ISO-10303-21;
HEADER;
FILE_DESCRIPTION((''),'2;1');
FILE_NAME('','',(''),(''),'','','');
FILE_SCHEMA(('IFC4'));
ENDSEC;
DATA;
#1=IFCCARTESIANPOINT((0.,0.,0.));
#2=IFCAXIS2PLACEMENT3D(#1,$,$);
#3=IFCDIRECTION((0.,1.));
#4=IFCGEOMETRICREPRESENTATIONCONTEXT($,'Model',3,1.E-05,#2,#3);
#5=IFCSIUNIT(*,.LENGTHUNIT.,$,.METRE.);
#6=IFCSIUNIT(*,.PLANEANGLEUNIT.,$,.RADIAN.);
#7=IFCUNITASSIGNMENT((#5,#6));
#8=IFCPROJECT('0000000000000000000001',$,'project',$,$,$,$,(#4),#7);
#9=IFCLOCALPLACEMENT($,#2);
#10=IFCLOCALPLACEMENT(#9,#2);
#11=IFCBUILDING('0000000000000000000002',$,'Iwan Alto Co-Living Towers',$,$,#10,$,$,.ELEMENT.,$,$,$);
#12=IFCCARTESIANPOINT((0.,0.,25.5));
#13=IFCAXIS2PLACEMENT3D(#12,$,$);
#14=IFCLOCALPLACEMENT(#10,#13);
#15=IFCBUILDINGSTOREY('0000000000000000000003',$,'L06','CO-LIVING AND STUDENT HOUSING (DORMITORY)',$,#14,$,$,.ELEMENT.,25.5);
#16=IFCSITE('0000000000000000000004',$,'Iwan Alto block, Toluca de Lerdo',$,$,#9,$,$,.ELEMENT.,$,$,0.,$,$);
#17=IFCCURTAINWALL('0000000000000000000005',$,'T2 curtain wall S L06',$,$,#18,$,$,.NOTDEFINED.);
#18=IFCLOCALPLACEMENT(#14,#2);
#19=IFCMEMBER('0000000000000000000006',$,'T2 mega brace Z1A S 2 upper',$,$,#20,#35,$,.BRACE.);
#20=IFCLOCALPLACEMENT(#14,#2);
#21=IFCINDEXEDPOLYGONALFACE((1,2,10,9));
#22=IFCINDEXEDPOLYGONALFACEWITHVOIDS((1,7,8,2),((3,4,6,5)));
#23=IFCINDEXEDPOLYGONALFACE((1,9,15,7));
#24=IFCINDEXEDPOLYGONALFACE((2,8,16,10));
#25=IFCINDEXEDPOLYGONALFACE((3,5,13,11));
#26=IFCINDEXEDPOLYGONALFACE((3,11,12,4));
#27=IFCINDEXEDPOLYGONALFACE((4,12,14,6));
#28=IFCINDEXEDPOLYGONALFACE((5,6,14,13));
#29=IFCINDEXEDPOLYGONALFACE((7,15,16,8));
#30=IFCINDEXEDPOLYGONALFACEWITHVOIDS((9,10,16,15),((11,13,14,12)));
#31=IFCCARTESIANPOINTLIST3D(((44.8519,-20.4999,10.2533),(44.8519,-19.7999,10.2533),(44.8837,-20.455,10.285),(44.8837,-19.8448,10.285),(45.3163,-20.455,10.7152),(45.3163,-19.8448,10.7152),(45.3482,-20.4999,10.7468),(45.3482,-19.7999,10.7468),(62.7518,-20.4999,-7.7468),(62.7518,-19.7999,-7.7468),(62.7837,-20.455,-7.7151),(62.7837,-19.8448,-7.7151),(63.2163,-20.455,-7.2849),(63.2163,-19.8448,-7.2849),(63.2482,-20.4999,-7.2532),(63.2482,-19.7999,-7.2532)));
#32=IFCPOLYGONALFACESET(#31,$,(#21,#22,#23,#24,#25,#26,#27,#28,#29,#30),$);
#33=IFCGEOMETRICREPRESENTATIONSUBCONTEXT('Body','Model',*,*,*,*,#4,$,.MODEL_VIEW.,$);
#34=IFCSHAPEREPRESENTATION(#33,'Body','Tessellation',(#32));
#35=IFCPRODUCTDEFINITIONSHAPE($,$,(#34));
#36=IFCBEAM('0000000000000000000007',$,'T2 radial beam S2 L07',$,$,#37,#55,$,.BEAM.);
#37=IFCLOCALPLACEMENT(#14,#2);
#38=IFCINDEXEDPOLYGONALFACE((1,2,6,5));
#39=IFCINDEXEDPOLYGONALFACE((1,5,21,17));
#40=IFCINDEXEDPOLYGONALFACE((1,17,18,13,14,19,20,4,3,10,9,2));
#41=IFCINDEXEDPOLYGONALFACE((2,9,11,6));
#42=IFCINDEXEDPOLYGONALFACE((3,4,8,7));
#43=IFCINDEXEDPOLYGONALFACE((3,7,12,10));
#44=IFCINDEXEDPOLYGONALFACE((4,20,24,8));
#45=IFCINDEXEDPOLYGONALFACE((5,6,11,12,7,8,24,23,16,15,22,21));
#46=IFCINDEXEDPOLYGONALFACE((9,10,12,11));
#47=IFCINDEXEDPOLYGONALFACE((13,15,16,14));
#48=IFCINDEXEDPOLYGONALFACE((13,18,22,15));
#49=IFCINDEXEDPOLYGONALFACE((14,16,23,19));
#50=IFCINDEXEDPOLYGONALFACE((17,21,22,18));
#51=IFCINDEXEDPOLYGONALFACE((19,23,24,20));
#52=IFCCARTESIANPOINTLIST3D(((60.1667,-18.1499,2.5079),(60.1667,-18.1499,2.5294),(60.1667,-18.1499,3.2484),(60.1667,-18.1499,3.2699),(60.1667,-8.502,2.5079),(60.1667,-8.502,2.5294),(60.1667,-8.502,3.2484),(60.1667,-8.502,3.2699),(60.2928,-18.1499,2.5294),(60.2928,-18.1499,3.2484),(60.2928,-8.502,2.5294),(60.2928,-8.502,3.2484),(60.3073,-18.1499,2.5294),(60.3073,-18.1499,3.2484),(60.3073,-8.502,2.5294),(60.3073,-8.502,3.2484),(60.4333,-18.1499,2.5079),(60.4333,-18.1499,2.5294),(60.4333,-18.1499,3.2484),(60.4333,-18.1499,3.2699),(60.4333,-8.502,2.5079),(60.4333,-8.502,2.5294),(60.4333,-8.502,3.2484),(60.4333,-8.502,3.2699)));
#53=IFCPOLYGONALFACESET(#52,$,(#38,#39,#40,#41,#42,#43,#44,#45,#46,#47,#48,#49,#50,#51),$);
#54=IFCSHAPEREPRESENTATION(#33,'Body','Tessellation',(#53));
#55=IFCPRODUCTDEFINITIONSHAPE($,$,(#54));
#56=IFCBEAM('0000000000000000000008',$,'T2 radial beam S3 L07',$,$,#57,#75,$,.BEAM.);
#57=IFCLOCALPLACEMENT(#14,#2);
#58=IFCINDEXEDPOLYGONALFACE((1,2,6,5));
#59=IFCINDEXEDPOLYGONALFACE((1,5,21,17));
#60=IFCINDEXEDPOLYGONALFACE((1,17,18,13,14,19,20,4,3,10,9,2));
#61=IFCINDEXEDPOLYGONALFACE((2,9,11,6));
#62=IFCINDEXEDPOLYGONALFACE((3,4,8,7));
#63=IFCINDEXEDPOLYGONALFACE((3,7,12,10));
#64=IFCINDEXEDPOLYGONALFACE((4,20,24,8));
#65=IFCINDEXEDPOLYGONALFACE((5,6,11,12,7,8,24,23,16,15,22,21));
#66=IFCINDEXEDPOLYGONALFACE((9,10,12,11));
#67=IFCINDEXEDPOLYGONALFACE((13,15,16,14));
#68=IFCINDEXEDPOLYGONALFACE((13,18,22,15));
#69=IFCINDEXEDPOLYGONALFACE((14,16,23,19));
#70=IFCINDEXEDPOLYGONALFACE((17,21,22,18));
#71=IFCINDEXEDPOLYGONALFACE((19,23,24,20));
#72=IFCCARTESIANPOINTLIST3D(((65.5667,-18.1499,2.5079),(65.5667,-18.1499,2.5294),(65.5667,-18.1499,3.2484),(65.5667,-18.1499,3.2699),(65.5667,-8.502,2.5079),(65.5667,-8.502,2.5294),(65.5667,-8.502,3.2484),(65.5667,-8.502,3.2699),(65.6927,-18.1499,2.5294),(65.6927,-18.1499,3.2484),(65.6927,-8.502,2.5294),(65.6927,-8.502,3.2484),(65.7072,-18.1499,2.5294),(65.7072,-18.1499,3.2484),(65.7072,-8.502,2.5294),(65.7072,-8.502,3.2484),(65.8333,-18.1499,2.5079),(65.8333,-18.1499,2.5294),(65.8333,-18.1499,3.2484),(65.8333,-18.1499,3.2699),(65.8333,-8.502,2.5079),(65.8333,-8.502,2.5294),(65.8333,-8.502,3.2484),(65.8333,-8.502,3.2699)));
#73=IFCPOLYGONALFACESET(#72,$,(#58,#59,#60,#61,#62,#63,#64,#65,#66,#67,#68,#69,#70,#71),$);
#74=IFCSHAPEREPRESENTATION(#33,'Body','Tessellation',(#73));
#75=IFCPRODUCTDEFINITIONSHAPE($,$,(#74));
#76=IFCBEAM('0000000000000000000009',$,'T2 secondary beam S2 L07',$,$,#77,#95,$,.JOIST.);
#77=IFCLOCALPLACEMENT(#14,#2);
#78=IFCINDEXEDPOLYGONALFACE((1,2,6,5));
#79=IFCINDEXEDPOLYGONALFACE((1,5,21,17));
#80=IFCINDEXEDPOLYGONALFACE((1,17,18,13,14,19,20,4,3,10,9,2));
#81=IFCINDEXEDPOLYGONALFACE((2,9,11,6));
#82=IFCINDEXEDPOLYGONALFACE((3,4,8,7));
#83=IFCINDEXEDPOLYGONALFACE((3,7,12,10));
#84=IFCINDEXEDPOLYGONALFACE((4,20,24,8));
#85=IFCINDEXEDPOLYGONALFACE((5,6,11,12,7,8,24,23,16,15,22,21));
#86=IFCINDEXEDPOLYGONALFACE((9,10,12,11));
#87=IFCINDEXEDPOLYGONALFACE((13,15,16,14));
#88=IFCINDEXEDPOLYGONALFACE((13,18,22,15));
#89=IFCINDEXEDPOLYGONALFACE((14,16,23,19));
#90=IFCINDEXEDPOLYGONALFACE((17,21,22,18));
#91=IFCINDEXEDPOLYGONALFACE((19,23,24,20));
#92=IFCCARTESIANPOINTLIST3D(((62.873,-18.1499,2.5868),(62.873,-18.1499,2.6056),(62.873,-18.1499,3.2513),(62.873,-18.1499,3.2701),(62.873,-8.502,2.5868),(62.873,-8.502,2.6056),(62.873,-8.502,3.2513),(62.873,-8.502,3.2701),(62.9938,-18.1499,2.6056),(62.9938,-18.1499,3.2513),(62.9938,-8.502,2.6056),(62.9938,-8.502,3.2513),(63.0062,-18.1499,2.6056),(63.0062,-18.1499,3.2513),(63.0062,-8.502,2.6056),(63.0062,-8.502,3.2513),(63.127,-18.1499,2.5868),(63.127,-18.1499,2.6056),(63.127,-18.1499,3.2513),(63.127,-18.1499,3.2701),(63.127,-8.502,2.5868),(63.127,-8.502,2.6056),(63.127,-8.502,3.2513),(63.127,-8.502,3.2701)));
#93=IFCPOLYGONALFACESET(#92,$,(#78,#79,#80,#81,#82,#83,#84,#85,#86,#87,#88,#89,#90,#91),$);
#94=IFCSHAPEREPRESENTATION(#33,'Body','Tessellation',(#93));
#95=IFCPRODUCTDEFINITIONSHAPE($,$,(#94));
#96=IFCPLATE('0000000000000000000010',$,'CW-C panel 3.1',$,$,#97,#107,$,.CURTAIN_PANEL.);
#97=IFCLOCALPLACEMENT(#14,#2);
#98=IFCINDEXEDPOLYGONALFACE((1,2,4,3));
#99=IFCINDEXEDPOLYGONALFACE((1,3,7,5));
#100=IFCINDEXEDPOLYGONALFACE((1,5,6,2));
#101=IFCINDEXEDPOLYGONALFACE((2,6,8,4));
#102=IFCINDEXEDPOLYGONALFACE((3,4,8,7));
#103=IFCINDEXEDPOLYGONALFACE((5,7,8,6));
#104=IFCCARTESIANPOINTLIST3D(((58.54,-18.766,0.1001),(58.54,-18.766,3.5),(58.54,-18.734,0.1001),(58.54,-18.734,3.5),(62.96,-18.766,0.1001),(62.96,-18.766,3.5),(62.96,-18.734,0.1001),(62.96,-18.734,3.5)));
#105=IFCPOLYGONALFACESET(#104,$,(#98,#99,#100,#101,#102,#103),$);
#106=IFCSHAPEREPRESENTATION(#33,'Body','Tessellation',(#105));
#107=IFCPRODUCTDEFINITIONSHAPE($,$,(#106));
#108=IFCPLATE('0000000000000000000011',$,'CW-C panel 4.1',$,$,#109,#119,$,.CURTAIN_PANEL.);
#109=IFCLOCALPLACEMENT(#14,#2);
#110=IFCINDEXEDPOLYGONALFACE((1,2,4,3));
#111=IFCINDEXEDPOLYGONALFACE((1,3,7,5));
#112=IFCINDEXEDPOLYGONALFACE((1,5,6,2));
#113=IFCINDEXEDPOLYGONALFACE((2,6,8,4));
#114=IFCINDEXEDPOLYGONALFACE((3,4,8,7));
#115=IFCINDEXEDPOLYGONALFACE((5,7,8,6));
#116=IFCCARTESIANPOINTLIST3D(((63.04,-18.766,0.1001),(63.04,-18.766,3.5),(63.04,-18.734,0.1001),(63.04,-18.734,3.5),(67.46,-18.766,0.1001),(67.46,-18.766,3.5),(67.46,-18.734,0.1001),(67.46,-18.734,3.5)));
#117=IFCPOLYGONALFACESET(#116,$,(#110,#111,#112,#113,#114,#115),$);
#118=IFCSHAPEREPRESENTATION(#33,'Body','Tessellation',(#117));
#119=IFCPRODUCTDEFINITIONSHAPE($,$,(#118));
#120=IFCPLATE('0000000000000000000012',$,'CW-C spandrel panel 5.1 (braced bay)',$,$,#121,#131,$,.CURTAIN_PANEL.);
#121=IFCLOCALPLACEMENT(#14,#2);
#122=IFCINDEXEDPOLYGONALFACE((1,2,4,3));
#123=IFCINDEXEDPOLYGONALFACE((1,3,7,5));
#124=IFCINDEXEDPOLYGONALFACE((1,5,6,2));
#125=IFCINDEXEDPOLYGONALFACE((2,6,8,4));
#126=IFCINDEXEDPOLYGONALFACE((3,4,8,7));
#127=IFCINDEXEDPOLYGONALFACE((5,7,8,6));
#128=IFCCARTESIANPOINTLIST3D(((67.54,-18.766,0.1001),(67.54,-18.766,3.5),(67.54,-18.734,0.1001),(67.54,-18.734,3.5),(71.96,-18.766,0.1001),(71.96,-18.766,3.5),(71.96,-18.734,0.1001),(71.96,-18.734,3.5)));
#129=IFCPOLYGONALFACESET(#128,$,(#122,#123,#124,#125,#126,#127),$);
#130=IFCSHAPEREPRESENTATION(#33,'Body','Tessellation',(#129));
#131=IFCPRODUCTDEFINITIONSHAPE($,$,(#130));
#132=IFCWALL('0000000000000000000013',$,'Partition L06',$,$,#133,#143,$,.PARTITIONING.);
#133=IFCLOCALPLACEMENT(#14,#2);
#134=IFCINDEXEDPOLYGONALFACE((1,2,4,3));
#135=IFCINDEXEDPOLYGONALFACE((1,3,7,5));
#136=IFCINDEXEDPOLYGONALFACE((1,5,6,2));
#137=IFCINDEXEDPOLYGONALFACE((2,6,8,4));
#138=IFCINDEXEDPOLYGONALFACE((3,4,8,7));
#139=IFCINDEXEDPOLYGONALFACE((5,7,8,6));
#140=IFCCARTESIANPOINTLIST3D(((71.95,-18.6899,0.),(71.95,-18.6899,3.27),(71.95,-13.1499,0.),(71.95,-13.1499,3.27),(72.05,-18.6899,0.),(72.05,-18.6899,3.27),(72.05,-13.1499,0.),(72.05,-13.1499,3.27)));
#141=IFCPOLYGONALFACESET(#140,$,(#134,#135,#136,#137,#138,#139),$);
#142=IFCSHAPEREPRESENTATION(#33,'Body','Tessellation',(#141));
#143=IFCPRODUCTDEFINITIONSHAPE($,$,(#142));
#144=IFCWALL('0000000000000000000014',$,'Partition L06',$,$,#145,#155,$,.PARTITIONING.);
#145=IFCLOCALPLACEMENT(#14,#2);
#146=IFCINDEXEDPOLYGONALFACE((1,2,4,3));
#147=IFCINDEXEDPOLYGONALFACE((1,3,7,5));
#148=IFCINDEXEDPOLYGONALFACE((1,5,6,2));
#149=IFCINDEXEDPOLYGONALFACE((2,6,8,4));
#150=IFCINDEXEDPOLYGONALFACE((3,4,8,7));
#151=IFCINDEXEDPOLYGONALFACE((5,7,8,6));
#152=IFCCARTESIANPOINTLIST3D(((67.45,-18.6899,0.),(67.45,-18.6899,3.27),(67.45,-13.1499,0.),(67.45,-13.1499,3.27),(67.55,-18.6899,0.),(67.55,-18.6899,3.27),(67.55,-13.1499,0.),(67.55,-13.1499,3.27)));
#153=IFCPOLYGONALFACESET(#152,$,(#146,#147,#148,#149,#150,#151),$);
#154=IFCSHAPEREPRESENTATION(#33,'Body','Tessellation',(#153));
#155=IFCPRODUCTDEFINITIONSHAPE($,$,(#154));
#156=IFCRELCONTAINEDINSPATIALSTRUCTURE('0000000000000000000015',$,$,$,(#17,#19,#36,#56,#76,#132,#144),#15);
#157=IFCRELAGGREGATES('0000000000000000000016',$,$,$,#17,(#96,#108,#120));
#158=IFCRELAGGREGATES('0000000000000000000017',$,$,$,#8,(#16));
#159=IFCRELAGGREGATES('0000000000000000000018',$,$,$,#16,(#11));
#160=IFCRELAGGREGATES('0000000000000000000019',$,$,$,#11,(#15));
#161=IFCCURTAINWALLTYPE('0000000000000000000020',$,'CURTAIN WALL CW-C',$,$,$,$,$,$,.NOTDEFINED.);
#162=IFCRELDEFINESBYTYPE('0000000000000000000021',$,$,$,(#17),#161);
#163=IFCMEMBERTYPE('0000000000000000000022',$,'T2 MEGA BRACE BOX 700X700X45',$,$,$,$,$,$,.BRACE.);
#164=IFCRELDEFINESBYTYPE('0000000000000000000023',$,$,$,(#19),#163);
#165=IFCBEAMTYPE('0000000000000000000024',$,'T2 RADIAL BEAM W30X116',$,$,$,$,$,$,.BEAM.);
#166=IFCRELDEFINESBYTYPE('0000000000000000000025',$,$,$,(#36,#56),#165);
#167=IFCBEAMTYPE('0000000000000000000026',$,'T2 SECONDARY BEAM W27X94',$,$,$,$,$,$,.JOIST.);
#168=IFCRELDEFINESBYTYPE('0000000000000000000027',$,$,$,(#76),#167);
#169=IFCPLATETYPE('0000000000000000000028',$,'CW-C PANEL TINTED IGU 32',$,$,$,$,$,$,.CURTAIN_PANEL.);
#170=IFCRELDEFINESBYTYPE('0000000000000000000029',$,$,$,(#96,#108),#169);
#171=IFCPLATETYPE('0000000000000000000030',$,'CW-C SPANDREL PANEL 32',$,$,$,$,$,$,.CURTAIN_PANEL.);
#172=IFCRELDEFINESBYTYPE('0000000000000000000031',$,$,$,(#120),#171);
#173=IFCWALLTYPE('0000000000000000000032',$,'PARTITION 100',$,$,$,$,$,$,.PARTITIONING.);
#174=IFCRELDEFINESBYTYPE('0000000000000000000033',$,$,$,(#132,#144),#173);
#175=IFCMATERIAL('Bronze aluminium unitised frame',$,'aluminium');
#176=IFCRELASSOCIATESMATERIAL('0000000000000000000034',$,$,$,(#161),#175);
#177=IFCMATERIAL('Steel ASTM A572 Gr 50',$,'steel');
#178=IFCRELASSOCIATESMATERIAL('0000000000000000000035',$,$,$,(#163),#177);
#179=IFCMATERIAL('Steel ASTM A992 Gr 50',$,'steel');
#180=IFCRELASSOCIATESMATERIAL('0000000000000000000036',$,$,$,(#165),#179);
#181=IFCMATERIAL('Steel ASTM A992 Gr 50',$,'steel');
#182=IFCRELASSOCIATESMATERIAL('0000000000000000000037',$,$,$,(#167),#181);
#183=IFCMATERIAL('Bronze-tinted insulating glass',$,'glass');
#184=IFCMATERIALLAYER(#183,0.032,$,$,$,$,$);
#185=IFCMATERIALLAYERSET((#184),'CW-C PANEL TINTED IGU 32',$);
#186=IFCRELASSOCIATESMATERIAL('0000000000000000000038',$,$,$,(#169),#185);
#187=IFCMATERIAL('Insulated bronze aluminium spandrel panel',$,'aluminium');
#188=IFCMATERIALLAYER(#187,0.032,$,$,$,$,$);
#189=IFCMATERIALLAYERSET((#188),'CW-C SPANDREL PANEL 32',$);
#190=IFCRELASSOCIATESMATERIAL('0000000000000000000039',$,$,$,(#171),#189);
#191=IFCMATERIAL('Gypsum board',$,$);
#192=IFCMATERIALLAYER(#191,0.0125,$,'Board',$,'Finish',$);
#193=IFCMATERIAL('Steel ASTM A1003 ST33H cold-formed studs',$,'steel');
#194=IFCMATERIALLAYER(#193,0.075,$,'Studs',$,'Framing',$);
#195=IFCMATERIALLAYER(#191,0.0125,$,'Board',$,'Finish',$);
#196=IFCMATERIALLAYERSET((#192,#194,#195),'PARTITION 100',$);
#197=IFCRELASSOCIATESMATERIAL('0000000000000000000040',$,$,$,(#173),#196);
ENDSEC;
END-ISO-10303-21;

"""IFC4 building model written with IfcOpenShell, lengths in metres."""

from ifc_helpers import new_model, si_unit, direction, frame, frame_2d, origin, origin_2d, place, context, subcontext, project, spatial, rectangle, hollow_rectangle, i_section, extrude, material, layer, layer_set, material_profile, profile_set, type_object, element, aggregate, save


model = new_model("IFC4")

# Units and contexts
model_context = context("Model", 3, precision=1e-05, world=origin(), true_north=direction((0.0, 1.0)))
body_context = subcontext(model_context, "Body", "Model", "MODEL_VIEW")
ifc_project = project(units=[si_unit("LENGTHUNIT", "METRE"), si_unit("PLANEANGLEUNIT", "RADIAN")], contexts=[model_context])

# Site, building, storey
site_placement = place(None, origin())
site = spatial("IfcSite", under=ifc_project, at=site_placement, Name="Iwan Alto block, Toluca de Lerdo", CompositionType="ELEMENT", RefElevation=0.0)
building_placement = place(site_placement, origin())
building = spatial("IfcBuilding", under=site, at=building_placement, Name="Iwan Alto Co-Living Towers", CompositionType="ELEMENT")
storey_placement = place(building_placement, frame((0.0, 0.0, 25.5)))
storey = spatial("IfcBuildingStorey", under=building, at=storey_placement, Name="L06", Description="CO-LIVING AND STUDENT HOUSING (DORMITORY)", CompositionType="ELEMENT", Elevation=25.5)

# Curtain wall
ifc_material_1 = material(Name="Bronze aluminium unitised frame", Category="aluminium")
curtain_wall_type = type_object("IfcCurtainWallType", Name="CURTAIN WALL CW-C", PredefinedType="NOTDEFINED", material=ifc_material_1)
curtain_wall_placement = place(storey_placement, origin())
curtain_wall = element("IfcCurtainWall", 1, at=curtain_wall_placement, inside=storey, type_object=curtain_wall_type, Name="T2 curtain wall S L06", PredefinedType="NOTDEFINED")

# Member
ifc_material_2 = material(Name="Steel ASTM A572 Gr 50", Category="steel")
ifc_material_profile_1 = material_profile(ifc_material_2, hollow_rectangle(XDim=0.7, YDim=0.7, WallThickness=0.0449, at=origin_2d()), Name="BOX 700X700X45")
ifc_profile_set_1 = profile_set([ifc_material_profile_1], Name="Steel ASTM A572 Gr 50")
member_type_1 = type_object("IfcMemberType", Name="T2 MEGA BRACE BOX 700X700X45", PredefinedType="BRACE", material=ifc_profile_set_1)
for number, where, z_axis, x_axis, name in (
    (2, (63.0, -20.1499, -7.5), (-0.705132, 0.0, 0.709076), (0.0, -1.0, 0.0), "T2 mega brace Z1A S 2 upper"),
):
    element("IfcMember", number, at=place(storey_placement, frame(where, z_axis=z_axis, x_axis=x_axis)), inside=storey, type_object=member_type_1, Name=name, PredefinedType="BRACE", context=body_context, shape_type="SweptSolid", body=[
        extrude(hollow_rectangle(XDim=0.7, YDim=0.7, WallThickness=0.0449, at=origin_2d()), origin(), (0.0, 0.0, 1.0), 25.3853),
    ])

# Beams
ifc_material_3 = material(Name="Steel ASTM A992 Gr 50", Category="steel")
ifc_material_profile_2 = material_profile(ifc_material_3, i_section(OverallWidth=0.2666, OverallDepth=0.762, WebThickness=0.0144, FlangeThickness=0.0215, at=origin_2d()), Name="W30X116")
ifc_profile_set_2 = profile_set([ifc_material_profile_2], Name="Steel ASTM A992 Gr 50")
beam_type_1 = type_object("IfcBeamType", Name="T2 RADIAL BEAM W30X116", PredefinedType="BEAM", material=ifc_profile_set_2)
for number, where, z_axis, x_axis, name in (
    (3, (60.3, -18.1499, 2.8889), (0.0, 1.0, 0.0), (-1.0, 0.0, 0.0), "T2 radial beam S2 L07"),
    (4, (65.7, -18.1499, 2.8889), (0.0, 1.0, 0.0), (-1.0, 0.0, 0.0), "T2 radial beam S3 L07"),
):
    element("IfcBeam", number, at=place(storey_placement, frame(where, z_axis=z_axis, x_axis=x_axis)), inside=storey, type_object=beam_type_1, Name=name, PredefinedType="BEAM", context=body_context, shape_type="SweptSolid", body=[
        extrude(i_section(OverallWidth=0.2666, OverallDepth=0.762, WebThickness=0.0144, FlangeThickness=0.0215, at=origin_2d()), origin(), (0.0, 0.0, 1.0), 9.6479),
    ])
ifc_material_4 = material(Name="Steel ASTM A992 Gr 50", Category="steel")
ifc_material_profile_3 = material_profile(ifc_material_4, i_section(OverallWidth=0.2539, OverallDepth=0.6833, WebThickness=0.0125, FlangeThickness=0.0188, at=origin_2d()), Name="W27X94")
ifc_profile_set_3 = profile_set([ifc_material_profile_3], Name="Steel ASTM A992 Gr 50")
beam_type_2 = type_object("IfcBeamType", Name="T2 SECONDARY BEAM W27X94", PredefinedType="JOIST", material=ifc_profile_set_3)
beam_1_placement = place(storey_placement, frame((63.0, -18.1499, 2.9285), z_axis=(0.0, 1.0, 0.0), x_axis=(-1.0, 0.0, 0.0)))
element("IfcBeam", 5, at=beam_1_placement, inside=storey, type_object=beam_type_2, Name="T2 secondary beam S2 L07", PredefinedType="JOIST", context=body_context, shape_type="SweptSolid", body=[
    extrude(i_section(OverallWidth=0.2539, OverallDepth=0.6833, WebThickness=0.0125, FlangeThickness=0.0188, at=origin_2d()), origin(), (0.0, 0.0, 1.0), 9.6479),
])

# Plates
ifc_material_5 = material(Name="Bronze-tinted insulating glass", Category="glass")
ifc_layer_1 = layer(ifc_material_5, 0.032)
ifc_layer_set_1 = layer_set([ifc_layer_1], Name="CW-C PANEL TINTED IGU 32")
plate_type_1 = type_object("IfcPlateType", Name="CW-C PANEL TINTED IGU 32", PredefinedType="CURTAIN_PANEL", material=ifc_layer_set_1)
plate_1_placement = place(storey_placement, frame((60.75, -18.75, 0.1001), z_axis=(0.0, 0.0, 1.0), x_axis=(1.0, 0.0, 0.0)))
plate_1 = element("IfcPlate", 6, at=plate_1_placement, type_object=plate_type_1, Name="CW-C panel 3.1", PredefinedType="CURTAIN_PANEL", context=body_context, shape_type="SweptSolid", body=[
    extrude(rectangle(XDim=4.4199, YDim=0.032, at=origin_2d()), origin(), (0.0, 0.0, 1.0), 3.3999),
])
plate_2_placement = place(storey_placement, frame((65.25, -18.75, 0.1001), z_axis=(0.0, 0.0, 1.0), x_axis=(1.0, 0.0, 0.0)))
plate_2 = element("IfcPlate", 7, at=plate_2_placement, type_object=plate_type_1, Name="CW-C panel 4.1", PredefinedType="CURTAIN_PANEL", context=body_context, shape_type="SweptSolid", body=[
    extrude(rectangle(XDim=4.4199, YDim=0.032, at=origin_2d()), origin(), (0.0, 0.0, 1.0), 3.3999),
])
ifc_material_6 = material(Name="Insulated bronze aluminium spandrel panel", Category="aluminium")
ifc_layer_2 = layer(ifc_material_6, 0.032)
ifc_layer_set_2 = layer_set([ifc_layer_2], Name="CW-C SPANDREL PANEL 32")
plate_type_2 = type_object("IfcPlateType", Name="CW-C SPANDREL PANEL 32", PredefinedType="CURTAIN_PANEL", material=ifc_layer_set_2)
plate_3_placement = place(storey_placement, frame((69.75, -18.75, 0.1001), z_axis=(0.0, 0.0, 1.0), x_axis=(1.0, 0.0, 0.0)))
plate_3 = element("IfcPlate", 8, at=plate_3_placement, type_object=plate_type_2, Name="CW-C spandrel panel 5.1 (braced bay)", PredefinedType="CURTAIN_PANEL", context=body_context, shape_type="SweptSolid", body=[
    extrude(rectangle(XDim=4.4199, YDim=0.032, at=origin_2d()), origin(), (0.0, 0.0, 1.0), 3.3999),
])
aggregate(curtain_wall, [plate_1, plate_2, plate_3])

# Walls
ifc_material_7 = material(Name="Gypsum board")
ifc_layer_3 = layer(ifc_material_7, 0.0125, Name="Board", Category="Finish")
ifc_material_8 = material(Name="Steel ASTM A1003 ST33H cold-formed studs", Category="steel")
ifc_layer_4 = layer(ifc_material_8, 0.075, Name="Studs", Category="Framing")
ifc_layer_5 = layer(ifc_material_7, 0.0125, Name="Board", Category="Finish")
ifc_layer_set_3 = layer_set([ifc_layer_3, ifc_layer_4, ifc_layer_5], Name="PARTITION 100")
wall_type = type_object("IfcWallType", Name="PARTITION 100", PredefinedType="PARTITIONING", material=ifc_layer_set_3)
for number, where, z_axis, x_axis, name in (
    (9, (72.0, -18.6899, 0.0), (0.0, 0.0, 1.0), (0.0, 1.0, 0.0), "Partition L06"),
    (10, (67.5, -18.6899, 0.0), (0.0, 0.0, 1.0), (0.0, 1.0, 0.0), "Partition L06"),
):
    element("IfcWall", number, at=place(storey_placement, frame(where, z_axis=z_axis, x_axis=x_axis)), inside=storey, type_object=wall_type, Name=name, PredefinedType="PARTITIONING", context=body_context, shape_type="SweptSolid", body=[
        extrude(rectangle(XDim=5.54, YDim=0.1001, at=frame_2d((2.77, 0.0))), origin(), (0.0, 0.0, 1.0), 3.27),
    ])

save(model, "model.ifc")
